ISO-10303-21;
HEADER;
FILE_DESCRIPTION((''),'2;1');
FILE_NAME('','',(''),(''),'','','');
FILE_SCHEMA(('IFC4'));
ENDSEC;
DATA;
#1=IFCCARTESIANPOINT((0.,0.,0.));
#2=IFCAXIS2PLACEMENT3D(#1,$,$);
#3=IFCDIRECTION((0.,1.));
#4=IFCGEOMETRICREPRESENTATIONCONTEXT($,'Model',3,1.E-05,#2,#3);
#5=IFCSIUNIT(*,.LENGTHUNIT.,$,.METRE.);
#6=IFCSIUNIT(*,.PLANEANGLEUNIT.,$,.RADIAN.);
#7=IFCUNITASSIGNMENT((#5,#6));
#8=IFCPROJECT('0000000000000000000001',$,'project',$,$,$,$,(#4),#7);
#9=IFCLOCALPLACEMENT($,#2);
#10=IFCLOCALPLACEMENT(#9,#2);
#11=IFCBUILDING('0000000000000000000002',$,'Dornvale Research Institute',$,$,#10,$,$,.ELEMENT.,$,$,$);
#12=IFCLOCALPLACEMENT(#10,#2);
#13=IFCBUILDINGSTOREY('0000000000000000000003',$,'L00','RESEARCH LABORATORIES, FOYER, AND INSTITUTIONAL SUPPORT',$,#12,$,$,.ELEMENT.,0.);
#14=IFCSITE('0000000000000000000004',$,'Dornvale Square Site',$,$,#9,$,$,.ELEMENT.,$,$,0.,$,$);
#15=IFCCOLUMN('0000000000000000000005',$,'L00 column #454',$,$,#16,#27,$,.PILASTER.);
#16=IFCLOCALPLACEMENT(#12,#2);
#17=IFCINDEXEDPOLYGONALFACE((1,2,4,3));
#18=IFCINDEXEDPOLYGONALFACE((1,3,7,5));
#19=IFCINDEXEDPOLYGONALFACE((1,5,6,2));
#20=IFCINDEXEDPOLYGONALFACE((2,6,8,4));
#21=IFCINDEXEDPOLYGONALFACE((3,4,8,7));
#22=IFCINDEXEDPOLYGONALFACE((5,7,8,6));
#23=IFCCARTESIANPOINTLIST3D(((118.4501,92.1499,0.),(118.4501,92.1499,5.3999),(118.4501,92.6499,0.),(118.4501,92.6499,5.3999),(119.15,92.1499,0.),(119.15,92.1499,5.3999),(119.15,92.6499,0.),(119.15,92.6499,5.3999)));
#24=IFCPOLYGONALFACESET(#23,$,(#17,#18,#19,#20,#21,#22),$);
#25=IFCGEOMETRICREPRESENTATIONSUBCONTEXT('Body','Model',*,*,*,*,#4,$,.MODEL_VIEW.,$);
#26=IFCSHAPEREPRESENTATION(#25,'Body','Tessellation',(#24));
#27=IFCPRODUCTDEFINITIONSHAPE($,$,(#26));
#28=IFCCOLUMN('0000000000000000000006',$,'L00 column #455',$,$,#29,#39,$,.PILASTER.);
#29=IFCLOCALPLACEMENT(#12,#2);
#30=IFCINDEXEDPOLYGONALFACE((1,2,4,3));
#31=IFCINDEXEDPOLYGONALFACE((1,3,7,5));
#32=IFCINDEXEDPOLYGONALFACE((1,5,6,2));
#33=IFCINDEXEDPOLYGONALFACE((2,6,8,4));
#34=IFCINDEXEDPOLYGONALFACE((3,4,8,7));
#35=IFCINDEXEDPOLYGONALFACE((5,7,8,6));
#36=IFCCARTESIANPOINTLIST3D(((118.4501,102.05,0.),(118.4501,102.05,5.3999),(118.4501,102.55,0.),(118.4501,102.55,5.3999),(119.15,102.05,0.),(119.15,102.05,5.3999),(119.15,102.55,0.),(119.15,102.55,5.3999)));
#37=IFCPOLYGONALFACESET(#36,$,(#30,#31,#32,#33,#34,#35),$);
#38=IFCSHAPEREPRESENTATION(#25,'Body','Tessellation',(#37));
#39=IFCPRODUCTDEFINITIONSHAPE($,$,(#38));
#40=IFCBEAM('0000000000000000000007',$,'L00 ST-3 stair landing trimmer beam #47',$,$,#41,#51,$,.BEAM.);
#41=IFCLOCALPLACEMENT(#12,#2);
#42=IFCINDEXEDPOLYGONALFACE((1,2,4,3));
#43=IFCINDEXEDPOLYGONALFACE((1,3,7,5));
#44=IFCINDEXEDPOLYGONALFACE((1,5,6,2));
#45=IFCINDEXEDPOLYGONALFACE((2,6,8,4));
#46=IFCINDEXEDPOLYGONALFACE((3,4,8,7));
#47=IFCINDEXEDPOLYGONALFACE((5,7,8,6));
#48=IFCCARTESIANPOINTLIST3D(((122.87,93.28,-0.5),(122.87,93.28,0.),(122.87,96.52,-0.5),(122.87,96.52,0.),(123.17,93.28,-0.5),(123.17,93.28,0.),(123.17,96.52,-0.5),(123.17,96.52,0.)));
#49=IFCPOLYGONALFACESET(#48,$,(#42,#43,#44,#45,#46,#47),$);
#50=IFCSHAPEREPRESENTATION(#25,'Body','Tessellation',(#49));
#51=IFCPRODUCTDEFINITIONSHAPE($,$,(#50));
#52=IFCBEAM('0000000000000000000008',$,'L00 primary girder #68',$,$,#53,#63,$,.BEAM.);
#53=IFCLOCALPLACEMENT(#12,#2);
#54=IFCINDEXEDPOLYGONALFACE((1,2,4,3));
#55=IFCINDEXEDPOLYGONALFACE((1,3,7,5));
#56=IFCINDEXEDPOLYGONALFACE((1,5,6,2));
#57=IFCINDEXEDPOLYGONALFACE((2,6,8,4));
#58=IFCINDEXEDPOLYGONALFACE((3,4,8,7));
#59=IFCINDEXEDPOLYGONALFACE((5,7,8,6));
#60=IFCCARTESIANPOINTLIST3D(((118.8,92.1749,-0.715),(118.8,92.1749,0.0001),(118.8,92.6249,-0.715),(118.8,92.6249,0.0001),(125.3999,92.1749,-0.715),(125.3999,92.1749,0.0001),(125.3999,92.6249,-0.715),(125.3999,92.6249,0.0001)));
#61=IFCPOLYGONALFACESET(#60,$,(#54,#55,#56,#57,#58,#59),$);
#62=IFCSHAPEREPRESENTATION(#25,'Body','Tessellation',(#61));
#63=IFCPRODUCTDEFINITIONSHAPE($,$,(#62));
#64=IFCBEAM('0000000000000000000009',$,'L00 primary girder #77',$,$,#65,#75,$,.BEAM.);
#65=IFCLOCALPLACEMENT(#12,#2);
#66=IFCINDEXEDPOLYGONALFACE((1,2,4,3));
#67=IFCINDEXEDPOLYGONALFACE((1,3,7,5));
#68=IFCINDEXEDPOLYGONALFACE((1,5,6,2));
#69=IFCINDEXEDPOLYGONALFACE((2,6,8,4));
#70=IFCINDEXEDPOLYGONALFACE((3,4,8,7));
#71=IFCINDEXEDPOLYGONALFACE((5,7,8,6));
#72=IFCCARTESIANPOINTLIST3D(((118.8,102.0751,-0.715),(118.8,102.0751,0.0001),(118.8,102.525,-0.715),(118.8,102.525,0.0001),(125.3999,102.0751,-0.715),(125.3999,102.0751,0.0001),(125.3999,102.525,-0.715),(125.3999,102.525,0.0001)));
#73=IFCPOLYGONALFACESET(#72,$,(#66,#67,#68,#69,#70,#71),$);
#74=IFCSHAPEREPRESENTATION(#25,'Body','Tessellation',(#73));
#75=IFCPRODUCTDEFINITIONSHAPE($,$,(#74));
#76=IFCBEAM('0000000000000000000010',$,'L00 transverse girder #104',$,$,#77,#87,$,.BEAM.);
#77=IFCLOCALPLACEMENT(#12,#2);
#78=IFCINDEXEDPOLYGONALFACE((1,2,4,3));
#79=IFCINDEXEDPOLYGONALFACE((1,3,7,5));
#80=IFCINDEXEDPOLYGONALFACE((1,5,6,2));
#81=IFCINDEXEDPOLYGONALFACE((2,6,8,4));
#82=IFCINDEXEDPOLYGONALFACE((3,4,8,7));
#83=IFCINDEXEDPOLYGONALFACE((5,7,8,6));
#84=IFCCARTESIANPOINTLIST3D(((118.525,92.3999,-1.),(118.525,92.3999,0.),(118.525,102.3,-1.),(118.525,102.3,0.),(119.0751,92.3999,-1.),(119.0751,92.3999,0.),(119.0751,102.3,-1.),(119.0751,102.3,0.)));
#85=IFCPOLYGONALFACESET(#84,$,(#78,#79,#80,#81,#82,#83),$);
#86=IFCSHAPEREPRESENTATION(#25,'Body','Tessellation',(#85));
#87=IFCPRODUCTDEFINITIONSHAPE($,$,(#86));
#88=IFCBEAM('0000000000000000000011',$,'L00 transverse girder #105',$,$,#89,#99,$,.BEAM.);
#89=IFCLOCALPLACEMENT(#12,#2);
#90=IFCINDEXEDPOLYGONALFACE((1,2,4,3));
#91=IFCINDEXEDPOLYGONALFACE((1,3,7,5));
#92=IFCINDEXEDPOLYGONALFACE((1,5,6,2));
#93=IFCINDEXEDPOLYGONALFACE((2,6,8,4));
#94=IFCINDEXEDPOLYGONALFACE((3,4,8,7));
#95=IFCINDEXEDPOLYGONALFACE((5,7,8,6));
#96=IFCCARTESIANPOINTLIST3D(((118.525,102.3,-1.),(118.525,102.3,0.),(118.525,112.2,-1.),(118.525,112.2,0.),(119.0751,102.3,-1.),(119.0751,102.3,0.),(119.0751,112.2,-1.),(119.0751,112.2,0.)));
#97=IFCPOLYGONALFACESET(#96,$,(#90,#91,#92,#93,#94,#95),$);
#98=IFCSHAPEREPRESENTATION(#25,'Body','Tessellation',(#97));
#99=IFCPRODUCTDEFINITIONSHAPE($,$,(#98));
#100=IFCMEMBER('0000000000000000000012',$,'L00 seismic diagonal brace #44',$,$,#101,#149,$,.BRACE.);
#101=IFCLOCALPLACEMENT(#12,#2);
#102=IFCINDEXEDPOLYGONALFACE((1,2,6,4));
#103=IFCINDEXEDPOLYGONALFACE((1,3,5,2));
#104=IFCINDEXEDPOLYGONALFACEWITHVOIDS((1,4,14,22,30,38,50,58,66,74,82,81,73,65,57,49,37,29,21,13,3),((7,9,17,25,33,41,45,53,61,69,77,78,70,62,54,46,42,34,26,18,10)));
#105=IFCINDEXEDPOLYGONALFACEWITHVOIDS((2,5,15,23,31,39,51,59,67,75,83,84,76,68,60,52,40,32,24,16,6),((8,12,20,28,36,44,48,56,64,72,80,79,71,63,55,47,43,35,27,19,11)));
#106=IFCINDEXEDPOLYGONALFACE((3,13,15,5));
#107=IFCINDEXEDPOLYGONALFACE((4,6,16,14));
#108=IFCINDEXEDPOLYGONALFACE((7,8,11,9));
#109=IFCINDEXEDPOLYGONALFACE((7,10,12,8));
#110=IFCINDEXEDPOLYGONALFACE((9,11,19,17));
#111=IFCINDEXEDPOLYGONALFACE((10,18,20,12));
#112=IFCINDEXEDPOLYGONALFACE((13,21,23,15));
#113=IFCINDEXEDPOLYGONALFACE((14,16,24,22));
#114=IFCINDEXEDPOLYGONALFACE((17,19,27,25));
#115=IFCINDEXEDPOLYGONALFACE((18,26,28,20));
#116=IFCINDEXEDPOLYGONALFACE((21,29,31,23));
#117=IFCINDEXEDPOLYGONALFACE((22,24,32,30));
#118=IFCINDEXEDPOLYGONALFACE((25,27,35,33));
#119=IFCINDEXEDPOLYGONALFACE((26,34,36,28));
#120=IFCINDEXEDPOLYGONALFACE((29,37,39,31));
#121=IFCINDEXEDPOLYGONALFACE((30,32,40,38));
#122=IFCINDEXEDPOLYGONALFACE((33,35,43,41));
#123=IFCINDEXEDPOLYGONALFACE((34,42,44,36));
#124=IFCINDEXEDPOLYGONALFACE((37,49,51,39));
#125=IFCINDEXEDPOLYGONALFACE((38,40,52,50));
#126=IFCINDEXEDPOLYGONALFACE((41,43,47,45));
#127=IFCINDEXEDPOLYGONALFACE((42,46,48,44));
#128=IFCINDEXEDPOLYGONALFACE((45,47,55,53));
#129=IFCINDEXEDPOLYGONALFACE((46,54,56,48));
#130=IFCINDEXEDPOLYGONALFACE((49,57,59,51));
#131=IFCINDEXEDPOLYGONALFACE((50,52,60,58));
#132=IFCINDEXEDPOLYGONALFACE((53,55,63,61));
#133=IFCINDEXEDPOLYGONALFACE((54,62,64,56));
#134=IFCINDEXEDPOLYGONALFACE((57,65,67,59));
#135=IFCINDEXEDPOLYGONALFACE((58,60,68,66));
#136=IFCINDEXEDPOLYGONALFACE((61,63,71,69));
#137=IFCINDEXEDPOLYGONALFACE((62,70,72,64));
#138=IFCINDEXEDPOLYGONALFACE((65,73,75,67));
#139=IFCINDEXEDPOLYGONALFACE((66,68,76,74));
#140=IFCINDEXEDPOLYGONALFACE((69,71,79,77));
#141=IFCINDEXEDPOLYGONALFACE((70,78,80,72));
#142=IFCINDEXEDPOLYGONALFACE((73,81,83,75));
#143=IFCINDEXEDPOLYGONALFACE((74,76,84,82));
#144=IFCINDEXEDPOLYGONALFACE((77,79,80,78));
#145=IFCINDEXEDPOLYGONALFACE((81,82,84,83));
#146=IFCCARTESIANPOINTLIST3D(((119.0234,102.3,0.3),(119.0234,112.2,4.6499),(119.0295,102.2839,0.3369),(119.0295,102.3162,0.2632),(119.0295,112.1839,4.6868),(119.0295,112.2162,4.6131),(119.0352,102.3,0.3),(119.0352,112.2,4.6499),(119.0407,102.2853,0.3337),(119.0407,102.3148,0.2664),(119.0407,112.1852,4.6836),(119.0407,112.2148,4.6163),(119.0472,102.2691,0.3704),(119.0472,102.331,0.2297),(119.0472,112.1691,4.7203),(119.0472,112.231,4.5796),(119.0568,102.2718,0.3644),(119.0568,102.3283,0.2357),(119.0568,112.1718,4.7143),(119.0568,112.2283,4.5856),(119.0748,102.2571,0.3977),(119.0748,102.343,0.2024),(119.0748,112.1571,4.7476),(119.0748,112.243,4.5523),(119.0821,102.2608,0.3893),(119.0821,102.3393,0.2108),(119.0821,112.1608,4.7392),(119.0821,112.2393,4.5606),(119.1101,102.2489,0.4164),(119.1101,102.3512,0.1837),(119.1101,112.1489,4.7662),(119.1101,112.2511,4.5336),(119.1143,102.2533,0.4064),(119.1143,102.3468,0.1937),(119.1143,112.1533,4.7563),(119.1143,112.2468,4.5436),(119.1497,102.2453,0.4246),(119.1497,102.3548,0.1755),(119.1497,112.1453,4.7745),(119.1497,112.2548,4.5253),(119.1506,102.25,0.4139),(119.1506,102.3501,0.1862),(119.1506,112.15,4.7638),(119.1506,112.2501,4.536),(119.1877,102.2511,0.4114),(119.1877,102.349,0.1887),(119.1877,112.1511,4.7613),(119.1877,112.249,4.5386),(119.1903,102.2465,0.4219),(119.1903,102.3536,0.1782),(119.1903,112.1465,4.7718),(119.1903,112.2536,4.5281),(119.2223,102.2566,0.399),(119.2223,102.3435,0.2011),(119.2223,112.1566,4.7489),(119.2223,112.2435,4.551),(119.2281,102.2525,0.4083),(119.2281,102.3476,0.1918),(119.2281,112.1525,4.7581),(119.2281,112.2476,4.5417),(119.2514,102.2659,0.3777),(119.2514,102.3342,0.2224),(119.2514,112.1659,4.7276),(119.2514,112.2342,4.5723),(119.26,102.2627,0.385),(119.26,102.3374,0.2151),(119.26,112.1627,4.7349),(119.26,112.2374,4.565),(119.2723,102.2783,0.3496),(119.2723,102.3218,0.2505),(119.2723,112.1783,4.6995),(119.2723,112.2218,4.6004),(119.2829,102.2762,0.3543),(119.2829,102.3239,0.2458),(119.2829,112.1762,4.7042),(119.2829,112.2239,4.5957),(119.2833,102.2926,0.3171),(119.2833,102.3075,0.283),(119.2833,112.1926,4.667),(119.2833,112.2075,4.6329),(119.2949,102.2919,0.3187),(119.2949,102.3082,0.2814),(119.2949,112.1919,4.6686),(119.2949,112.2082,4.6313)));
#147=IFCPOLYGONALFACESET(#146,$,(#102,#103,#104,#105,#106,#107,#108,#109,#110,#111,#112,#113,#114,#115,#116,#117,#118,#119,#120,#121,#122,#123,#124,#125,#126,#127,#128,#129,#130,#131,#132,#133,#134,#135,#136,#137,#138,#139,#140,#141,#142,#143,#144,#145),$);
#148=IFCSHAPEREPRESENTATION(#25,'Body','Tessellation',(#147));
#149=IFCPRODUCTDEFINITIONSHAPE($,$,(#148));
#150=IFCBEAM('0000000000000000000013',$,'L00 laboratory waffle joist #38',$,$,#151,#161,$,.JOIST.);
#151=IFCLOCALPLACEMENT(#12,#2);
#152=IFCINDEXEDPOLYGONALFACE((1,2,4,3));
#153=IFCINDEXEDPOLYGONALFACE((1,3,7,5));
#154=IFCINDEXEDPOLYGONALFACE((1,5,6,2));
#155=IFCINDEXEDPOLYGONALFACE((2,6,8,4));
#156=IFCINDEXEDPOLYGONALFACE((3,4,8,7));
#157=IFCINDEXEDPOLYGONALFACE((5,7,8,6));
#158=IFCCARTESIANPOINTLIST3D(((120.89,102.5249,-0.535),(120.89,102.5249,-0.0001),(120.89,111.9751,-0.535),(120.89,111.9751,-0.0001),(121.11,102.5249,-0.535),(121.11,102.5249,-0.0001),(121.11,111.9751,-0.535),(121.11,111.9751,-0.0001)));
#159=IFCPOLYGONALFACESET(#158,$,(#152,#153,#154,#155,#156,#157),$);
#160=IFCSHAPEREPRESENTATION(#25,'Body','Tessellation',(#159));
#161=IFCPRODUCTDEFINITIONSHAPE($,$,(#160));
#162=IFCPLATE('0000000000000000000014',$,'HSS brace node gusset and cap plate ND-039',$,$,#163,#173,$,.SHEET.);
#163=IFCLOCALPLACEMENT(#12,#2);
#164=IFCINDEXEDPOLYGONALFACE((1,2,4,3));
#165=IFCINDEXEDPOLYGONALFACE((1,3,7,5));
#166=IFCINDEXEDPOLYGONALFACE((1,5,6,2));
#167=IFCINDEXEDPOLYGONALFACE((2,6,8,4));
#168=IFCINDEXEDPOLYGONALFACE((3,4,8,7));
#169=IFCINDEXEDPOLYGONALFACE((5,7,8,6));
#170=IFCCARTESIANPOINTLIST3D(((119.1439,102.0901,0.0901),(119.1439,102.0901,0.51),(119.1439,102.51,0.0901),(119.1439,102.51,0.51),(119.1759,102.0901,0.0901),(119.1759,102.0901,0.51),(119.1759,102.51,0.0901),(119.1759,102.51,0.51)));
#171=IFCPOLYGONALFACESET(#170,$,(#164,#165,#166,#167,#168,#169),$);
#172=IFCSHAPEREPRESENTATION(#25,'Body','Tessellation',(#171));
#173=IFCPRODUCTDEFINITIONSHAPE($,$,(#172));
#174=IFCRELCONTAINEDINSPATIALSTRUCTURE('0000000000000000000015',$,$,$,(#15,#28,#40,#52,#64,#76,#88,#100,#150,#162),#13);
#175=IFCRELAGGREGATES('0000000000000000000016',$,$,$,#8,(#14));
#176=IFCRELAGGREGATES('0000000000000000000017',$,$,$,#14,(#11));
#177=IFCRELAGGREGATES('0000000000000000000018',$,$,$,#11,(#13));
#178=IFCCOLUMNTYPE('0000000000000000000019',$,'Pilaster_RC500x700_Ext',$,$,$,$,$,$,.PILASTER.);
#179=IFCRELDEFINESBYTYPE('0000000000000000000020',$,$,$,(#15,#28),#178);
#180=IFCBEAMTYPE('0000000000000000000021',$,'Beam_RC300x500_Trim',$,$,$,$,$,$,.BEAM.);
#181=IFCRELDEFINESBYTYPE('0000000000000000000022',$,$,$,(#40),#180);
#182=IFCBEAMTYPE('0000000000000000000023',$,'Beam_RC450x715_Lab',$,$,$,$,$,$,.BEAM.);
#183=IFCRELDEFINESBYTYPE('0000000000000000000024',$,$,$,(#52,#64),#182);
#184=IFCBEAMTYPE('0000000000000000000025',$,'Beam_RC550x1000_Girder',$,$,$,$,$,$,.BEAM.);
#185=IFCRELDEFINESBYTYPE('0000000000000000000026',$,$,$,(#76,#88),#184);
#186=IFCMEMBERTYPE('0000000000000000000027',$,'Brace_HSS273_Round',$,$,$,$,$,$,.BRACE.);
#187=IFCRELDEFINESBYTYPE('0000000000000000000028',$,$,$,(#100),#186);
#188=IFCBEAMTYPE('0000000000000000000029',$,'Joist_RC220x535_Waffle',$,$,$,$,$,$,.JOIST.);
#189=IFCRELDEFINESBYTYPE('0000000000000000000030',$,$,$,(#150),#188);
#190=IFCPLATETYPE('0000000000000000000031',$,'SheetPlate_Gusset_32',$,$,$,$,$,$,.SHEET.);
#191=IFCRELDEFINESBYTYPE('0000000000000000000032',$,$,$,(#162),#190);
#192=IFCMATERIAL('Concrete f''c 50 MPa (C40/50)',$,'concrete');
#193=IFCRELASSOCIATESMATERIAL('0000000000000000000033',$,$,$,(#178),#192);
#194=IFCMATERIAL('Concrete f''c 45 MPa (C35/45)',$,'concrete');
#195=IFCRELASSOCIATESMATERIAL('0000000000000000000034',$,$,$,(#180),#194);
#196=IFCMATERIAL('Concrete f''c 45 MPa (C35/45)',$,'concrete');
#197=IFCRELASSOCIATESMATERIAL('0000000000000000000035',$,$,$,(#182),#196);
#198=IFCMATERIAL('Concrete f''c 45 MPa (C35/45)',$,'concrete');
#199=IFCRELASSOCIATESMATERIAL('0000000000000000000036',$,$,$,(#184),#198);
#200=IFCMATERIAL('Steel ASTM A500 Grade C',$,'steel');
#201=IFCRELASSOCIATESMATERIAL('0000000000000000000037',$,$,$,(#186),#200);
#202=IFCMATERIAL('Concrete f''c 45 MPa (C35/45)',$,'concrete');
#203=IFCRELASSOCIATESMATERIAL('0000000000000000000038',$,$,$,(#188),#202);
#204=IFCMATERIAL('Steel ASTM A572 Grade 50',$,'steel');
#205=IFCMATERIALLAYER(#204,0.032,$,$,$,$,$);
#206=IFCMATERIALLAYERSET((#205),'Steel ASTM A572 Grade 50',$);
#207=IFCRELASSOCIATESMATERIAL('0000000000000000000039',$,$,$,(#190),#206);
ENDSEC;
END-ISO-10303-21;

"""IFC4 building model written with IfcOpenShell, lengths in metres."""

from ifc_helpers import new_model, si_unit, direction, frame, origin, origin_2d, place, context, subcontext, project, spatial, rectangle, hollow_circle, extrude, material, layer, layer_set, material_profile, profile_set, type_object, element, save


model = new_model("IFC4")

# Units and contexts
model_context = context("Model", 3, precision=1e-05, world=origin(), true_north=direction((0.0, 1.0)))
body_context = subcontext(model_context, "Body", "Model", "MODEL_VIEW")
ifc_project = project(units=[si_unit("LENGTHUNIT", "METRE"), si_unit("PLANEANGLEUNIT", "RADIAN")], contexts=[model_context])

# Site, building, storey
site_placement = place(None, origin())
site = spatial("IfcSite", under=ifc_project, at=site_placement, Name="Dornvale Square Site", CompositionType="ELEMENT", RefElevation=0.0)
building_placement = place(site_placement, origin())
building = spatial("IfcBuilding", under=site, at=building_placement, Name="Dornvale Research Institute", CompositionType="ELEMENT")
storey_placement = place(building_placement, origin())
storey = spatial("IfcBuildingStorey", under=building, at=storey_placement, Name="L00", Description="RESEARCH LABORATORIES, FOYER, AND INSTITUTIONAL SUPPORT", CompositionType="ELEMENT", Elevation=0.0)

# Columns
ifc_material_1 = material(Name="Concrete f'c 50 MPa (C40/50)", Category="concrete")
ifc_material_profile_1 = material_profile(ifc_material_1, rectangle(XDim=0.5, YDim=0.7, at=origin_2d()), Name="RC 500x700")
ifc_profile_set_1 = profile_set([ifc_material_profile_1], Name="Concrete f'c 50 MPa (C40/50)")
column_type = type_object("IfcColumnType", Name="Pilaster_RC500x700_Ext", PredefinedType="PILASTER", material=ifc_profile_set_1)
for number, where, z_axis, x_axis, name in (
    (1, (118.8, 92.3999, 0.0), (0.0, 0.0, 1.0), (0.0, 1.0, 0.0), "L00 column #454"),
    (2, (118.8, 102.3, 0.0), (0.0, 0.0, 1.0), (0.0, 1.0, 0.0), "L00 column #455"),
):
    element("IfcColumn", number, at=place(storey_placement, frame(where, z_axis=z_axis, x_axis=x_axis)), inside=storey, type_object=column_type, Name=name, PredefinedType="PILASTER", context=body_context, shape_type="SweptSolid", body=[
        extrude(rectangle(XDim=0.5, YDim=0.7, at=origin_2d()), origin(), (0.0, 0.0, 1.0), 5.3999),
    ])

# Beams
ifc_material_2 = material(Name="Concrete f'c 45 MPa (C35/45)", Category="concrete")
ifc_material_profile_2 = material_profile(ifc_material_2, rectangle(XDim=0.3, YDim=0.5, at=origin_2d()), Name="RC 300x500")
ifc_profile_set_2 = profile_set([ifc_material_profile_2], Name="Concrete f'c 45 MPa (C35/45)")
beam_type_1 = type_object("IfcBeamType", Name="Beam_RC300x500_Trim", PredefinedType="BEAM", material=ifc_profile_set_2)
beam_1_placement = place(storey_placement, frame((123.02, 93.28, -0.25), z_axis=(0.0, 1.0, 0.0), x_axis=(-1.0, 0.0, 0.0)))
element("IfcBeam", 3, at=beam_1_placement, inside=storey, type_object=beam_type_1, Name="L00 ST-3 stair landing trimmer beam #47", PredefinedType="BEAM", context=body_context, shape_type="SweptSolid", body=[
    extrude(rectangle(XDim=0.3, YDim=0.5, at=origin_2d()), origin(), (0.0, 0.0, 1.0), 3.24),
])
ifc_material_3 = material(Name="Concrete f'c 45 MPa (C35/45)", Category="concrete")
ifc_material_profile_3 = material_profile(ifc_material_3, rectangle(XDim=0.45, YDim=0.7151, at=origin_2d()), Name="RC 450x715")
ifc_profile_set_3 = profile_set([ifc_material_profile_3], Name="Concrete f'c 45 MPa (C35/45)")
beam_type_2 = type_object("IfcBeamType", Name="Beam_RC450x715_Lab", PredefinedType="BEAM", material=ifc_profile_set_3)
for number, where, z_axis, x_axis, name in (
    (4, (118.8, 92.3999, -0.3574), (1.0, 0.0, 0.0), (0.0, 1.0, 0.0), "L00 primary girder #68"),
    (5, (118.8, 102.3, -0.3574), (1.0, 0.0, 0.0), (0.0, 1.0, 0.0), "L00 primary girder #77"),
):
    element("IfcBeam", number, at=place(storey_placement, frame(where, z_axis=z_axis, x_axis=x_axis)), inside=storey, type_object=beam_type_2, Name=name, PredefinedType="BEAM", context=body_context, shape_type="SweptSolid", body=[
        extrude(rectangle(XDim=0.45, YDim=0.7151, at=origin_2d()), origin(), (0.0, 0.0, 1.0), 6.5999),
    ])
ifc_material_4 = material(Name="Concrete f'c 45 MPa (C35/45)", Category="concrete")
ifc_material_profile_4 = material_profile(ifc_material_4, rectangle(XDim=0.55, YDim=1.0, at=origin_2d()), Name="RC 550x1000")
ifc_profile_set_4 = profile_set([ifc_material_profile_4], Name="Concrete f'c 45 MPa (C35/45)")
beam_type_3 = type_object("IfcBeamType", Name="Beam_RC550x1000_Girder", PredefinedType="BEAM", material=ifc_profile_set_4)
beam_2_placement = place(storey_placement, frame((118.8, 92.3999, -0.5), z_axis=(0.0, 1.0, 0.0), x_axis=(-1.0, 0.0, 0.0)))
element("IfcBeam", 6, at=beam_2_placement, inside=storey, type_object=beam_type_3, Name="L00 transverse girder #104", PredefinedType="BEAM", context=body_context, shape_type="SweptSolid", body=[
    extrude(rectangle(XDim=0.55, YDim=1.0, at=origin_2d()), origin(), (0.0, 0.0, 1.0), 9.9001),
])
beam_3_placement = place(storey_placement, frame((118.8, 102.3, -0.5), z_axis=(0.0, 1.0, 0.0), x_axis=(-1.0, 0.0, 0.0)))
element("IfcBeam", 7, at=beam_3_placement, inside=storey, type_object=beam_type_3, Name="L00 transverse girder #105", PredefinedType="BEAM", context=body_context, shape_type="SweptSolid", body=[
    extrude(rectangle(XDim=0.55, YDim=1.0, at=origin_2d()), origin(), (0.0, 0.0, 1.0), 9.8999),
])

# Member
ifc_material_5 = material(Name="Steel ASTM A500 Grade C", Category="steel")
ifc_material_profile_5 = material_profile(ifc_material_5, hollow_circle(Radius=0.1365, WallThickness=0.0117, at=origin_2d()), Name="HSS273X12.7")
ifc_profile_set_5 = profile_set([ifc_material_profile_5], Name="Steel ASTM A500 Grade C")
member_type = type_object("IfcMemberType", Name="Brace_HSS273_Round", PredefinedType="BRACE", material=ifc_profile_set_5)
member_placement = place(storey_placement, frame((119.1599, 102.3, 0.3), z_axis=(0.0, 0.915523, 0.402266), x_axis=(-1.0, 0.0, 0.0)))
element("IfcMember", 8, at=member_placement, inside=storey, type_object=member_type, Name="L00 seismic diagonal brace #44", PredefinedType="BRACE", context=body_context, shape_type="SweptSolid", body=[
    extrude(hollow_circle(Radius=0.1365, WallThickness=0.0117, at=origin_2d()), origin(), (0.0, 0.0, 1.0), 10.8135),
])

# Beam
ifc_material_6 = material(Name="Concrete f'c 45 MPa (C35/45)", Category="concrete")
ifc_material_profile_6 = material_profile(ifc_material_6, rectangle(XDim=0.22, YDim=0.5349, at=origin_2d()), Name="RC 220x535")
ifc_profile_set_6 = profile_set([ifc_material_profile_6], Name="Concrete f'c 45 MPa (C35/45)")
beam_type_4 = type_object("IfcBeamType", Name="Joist_RC220x535_Waffle", PredefinedType="JOIST", material=ifc_profile_set_6)
beam_4_placement = place(storey_placement, frame((121.0, 102.5249, -0.2676), z_axis=(0.0, 1.0, 0.0), x_axis=(-1.0, 0.0, 0.0)))
element("IfcBeam", 9, at=beam_4_placement, inside=storey, type_object=beam_type_4, Name="L00 laboratory waffle joist #38", PredefinedType="JOIST", context=body_context, shape_type="SweptSolid", body=[
    extrude(rectangle(XDim=0.22, YDim=0.5349, at=origin_2d()), origin(), (0.0, 0.0, 1.0), 9.4502),
])

# Plate
ifc_material_7 = material(Name="Steel ASTM A572 Grade 50", Category="steel")
ifc_layer_1 = layer(ifc_material_7, 0.032)
ifc_layer_set_1 = layer_set([ifc_layer_1], Name="Steel ASTM A572 Grade 50")
plate_type = type_object("IfcPlateType", Name="SheetPlate_Gusset_32", PredefinedType="SHEET", material=ifc_layer_set_1)
plate_placement = place(storey_placement, frame((119.1599, 102.3, 0.0901), z_axis=(0.0, 0.0, 1.0), x_axis=(0.0, 1.0, 0.0)))
element("IfcPlate", 10, at=plate_placement, inside=storey, type_object=plate_type, Name="HSS brace node gusset and cap plate ND-039", PredefinedType="SHEET", context=body_context, shape_type="SweptSolid", body=[
    extrude(rectangle(XDim=0.4199, YDim=0.032, at=origin_2d()), origin(), (0.0, 0.0, 1.0), 0.4199),
])

save(model, "model.ifc")
